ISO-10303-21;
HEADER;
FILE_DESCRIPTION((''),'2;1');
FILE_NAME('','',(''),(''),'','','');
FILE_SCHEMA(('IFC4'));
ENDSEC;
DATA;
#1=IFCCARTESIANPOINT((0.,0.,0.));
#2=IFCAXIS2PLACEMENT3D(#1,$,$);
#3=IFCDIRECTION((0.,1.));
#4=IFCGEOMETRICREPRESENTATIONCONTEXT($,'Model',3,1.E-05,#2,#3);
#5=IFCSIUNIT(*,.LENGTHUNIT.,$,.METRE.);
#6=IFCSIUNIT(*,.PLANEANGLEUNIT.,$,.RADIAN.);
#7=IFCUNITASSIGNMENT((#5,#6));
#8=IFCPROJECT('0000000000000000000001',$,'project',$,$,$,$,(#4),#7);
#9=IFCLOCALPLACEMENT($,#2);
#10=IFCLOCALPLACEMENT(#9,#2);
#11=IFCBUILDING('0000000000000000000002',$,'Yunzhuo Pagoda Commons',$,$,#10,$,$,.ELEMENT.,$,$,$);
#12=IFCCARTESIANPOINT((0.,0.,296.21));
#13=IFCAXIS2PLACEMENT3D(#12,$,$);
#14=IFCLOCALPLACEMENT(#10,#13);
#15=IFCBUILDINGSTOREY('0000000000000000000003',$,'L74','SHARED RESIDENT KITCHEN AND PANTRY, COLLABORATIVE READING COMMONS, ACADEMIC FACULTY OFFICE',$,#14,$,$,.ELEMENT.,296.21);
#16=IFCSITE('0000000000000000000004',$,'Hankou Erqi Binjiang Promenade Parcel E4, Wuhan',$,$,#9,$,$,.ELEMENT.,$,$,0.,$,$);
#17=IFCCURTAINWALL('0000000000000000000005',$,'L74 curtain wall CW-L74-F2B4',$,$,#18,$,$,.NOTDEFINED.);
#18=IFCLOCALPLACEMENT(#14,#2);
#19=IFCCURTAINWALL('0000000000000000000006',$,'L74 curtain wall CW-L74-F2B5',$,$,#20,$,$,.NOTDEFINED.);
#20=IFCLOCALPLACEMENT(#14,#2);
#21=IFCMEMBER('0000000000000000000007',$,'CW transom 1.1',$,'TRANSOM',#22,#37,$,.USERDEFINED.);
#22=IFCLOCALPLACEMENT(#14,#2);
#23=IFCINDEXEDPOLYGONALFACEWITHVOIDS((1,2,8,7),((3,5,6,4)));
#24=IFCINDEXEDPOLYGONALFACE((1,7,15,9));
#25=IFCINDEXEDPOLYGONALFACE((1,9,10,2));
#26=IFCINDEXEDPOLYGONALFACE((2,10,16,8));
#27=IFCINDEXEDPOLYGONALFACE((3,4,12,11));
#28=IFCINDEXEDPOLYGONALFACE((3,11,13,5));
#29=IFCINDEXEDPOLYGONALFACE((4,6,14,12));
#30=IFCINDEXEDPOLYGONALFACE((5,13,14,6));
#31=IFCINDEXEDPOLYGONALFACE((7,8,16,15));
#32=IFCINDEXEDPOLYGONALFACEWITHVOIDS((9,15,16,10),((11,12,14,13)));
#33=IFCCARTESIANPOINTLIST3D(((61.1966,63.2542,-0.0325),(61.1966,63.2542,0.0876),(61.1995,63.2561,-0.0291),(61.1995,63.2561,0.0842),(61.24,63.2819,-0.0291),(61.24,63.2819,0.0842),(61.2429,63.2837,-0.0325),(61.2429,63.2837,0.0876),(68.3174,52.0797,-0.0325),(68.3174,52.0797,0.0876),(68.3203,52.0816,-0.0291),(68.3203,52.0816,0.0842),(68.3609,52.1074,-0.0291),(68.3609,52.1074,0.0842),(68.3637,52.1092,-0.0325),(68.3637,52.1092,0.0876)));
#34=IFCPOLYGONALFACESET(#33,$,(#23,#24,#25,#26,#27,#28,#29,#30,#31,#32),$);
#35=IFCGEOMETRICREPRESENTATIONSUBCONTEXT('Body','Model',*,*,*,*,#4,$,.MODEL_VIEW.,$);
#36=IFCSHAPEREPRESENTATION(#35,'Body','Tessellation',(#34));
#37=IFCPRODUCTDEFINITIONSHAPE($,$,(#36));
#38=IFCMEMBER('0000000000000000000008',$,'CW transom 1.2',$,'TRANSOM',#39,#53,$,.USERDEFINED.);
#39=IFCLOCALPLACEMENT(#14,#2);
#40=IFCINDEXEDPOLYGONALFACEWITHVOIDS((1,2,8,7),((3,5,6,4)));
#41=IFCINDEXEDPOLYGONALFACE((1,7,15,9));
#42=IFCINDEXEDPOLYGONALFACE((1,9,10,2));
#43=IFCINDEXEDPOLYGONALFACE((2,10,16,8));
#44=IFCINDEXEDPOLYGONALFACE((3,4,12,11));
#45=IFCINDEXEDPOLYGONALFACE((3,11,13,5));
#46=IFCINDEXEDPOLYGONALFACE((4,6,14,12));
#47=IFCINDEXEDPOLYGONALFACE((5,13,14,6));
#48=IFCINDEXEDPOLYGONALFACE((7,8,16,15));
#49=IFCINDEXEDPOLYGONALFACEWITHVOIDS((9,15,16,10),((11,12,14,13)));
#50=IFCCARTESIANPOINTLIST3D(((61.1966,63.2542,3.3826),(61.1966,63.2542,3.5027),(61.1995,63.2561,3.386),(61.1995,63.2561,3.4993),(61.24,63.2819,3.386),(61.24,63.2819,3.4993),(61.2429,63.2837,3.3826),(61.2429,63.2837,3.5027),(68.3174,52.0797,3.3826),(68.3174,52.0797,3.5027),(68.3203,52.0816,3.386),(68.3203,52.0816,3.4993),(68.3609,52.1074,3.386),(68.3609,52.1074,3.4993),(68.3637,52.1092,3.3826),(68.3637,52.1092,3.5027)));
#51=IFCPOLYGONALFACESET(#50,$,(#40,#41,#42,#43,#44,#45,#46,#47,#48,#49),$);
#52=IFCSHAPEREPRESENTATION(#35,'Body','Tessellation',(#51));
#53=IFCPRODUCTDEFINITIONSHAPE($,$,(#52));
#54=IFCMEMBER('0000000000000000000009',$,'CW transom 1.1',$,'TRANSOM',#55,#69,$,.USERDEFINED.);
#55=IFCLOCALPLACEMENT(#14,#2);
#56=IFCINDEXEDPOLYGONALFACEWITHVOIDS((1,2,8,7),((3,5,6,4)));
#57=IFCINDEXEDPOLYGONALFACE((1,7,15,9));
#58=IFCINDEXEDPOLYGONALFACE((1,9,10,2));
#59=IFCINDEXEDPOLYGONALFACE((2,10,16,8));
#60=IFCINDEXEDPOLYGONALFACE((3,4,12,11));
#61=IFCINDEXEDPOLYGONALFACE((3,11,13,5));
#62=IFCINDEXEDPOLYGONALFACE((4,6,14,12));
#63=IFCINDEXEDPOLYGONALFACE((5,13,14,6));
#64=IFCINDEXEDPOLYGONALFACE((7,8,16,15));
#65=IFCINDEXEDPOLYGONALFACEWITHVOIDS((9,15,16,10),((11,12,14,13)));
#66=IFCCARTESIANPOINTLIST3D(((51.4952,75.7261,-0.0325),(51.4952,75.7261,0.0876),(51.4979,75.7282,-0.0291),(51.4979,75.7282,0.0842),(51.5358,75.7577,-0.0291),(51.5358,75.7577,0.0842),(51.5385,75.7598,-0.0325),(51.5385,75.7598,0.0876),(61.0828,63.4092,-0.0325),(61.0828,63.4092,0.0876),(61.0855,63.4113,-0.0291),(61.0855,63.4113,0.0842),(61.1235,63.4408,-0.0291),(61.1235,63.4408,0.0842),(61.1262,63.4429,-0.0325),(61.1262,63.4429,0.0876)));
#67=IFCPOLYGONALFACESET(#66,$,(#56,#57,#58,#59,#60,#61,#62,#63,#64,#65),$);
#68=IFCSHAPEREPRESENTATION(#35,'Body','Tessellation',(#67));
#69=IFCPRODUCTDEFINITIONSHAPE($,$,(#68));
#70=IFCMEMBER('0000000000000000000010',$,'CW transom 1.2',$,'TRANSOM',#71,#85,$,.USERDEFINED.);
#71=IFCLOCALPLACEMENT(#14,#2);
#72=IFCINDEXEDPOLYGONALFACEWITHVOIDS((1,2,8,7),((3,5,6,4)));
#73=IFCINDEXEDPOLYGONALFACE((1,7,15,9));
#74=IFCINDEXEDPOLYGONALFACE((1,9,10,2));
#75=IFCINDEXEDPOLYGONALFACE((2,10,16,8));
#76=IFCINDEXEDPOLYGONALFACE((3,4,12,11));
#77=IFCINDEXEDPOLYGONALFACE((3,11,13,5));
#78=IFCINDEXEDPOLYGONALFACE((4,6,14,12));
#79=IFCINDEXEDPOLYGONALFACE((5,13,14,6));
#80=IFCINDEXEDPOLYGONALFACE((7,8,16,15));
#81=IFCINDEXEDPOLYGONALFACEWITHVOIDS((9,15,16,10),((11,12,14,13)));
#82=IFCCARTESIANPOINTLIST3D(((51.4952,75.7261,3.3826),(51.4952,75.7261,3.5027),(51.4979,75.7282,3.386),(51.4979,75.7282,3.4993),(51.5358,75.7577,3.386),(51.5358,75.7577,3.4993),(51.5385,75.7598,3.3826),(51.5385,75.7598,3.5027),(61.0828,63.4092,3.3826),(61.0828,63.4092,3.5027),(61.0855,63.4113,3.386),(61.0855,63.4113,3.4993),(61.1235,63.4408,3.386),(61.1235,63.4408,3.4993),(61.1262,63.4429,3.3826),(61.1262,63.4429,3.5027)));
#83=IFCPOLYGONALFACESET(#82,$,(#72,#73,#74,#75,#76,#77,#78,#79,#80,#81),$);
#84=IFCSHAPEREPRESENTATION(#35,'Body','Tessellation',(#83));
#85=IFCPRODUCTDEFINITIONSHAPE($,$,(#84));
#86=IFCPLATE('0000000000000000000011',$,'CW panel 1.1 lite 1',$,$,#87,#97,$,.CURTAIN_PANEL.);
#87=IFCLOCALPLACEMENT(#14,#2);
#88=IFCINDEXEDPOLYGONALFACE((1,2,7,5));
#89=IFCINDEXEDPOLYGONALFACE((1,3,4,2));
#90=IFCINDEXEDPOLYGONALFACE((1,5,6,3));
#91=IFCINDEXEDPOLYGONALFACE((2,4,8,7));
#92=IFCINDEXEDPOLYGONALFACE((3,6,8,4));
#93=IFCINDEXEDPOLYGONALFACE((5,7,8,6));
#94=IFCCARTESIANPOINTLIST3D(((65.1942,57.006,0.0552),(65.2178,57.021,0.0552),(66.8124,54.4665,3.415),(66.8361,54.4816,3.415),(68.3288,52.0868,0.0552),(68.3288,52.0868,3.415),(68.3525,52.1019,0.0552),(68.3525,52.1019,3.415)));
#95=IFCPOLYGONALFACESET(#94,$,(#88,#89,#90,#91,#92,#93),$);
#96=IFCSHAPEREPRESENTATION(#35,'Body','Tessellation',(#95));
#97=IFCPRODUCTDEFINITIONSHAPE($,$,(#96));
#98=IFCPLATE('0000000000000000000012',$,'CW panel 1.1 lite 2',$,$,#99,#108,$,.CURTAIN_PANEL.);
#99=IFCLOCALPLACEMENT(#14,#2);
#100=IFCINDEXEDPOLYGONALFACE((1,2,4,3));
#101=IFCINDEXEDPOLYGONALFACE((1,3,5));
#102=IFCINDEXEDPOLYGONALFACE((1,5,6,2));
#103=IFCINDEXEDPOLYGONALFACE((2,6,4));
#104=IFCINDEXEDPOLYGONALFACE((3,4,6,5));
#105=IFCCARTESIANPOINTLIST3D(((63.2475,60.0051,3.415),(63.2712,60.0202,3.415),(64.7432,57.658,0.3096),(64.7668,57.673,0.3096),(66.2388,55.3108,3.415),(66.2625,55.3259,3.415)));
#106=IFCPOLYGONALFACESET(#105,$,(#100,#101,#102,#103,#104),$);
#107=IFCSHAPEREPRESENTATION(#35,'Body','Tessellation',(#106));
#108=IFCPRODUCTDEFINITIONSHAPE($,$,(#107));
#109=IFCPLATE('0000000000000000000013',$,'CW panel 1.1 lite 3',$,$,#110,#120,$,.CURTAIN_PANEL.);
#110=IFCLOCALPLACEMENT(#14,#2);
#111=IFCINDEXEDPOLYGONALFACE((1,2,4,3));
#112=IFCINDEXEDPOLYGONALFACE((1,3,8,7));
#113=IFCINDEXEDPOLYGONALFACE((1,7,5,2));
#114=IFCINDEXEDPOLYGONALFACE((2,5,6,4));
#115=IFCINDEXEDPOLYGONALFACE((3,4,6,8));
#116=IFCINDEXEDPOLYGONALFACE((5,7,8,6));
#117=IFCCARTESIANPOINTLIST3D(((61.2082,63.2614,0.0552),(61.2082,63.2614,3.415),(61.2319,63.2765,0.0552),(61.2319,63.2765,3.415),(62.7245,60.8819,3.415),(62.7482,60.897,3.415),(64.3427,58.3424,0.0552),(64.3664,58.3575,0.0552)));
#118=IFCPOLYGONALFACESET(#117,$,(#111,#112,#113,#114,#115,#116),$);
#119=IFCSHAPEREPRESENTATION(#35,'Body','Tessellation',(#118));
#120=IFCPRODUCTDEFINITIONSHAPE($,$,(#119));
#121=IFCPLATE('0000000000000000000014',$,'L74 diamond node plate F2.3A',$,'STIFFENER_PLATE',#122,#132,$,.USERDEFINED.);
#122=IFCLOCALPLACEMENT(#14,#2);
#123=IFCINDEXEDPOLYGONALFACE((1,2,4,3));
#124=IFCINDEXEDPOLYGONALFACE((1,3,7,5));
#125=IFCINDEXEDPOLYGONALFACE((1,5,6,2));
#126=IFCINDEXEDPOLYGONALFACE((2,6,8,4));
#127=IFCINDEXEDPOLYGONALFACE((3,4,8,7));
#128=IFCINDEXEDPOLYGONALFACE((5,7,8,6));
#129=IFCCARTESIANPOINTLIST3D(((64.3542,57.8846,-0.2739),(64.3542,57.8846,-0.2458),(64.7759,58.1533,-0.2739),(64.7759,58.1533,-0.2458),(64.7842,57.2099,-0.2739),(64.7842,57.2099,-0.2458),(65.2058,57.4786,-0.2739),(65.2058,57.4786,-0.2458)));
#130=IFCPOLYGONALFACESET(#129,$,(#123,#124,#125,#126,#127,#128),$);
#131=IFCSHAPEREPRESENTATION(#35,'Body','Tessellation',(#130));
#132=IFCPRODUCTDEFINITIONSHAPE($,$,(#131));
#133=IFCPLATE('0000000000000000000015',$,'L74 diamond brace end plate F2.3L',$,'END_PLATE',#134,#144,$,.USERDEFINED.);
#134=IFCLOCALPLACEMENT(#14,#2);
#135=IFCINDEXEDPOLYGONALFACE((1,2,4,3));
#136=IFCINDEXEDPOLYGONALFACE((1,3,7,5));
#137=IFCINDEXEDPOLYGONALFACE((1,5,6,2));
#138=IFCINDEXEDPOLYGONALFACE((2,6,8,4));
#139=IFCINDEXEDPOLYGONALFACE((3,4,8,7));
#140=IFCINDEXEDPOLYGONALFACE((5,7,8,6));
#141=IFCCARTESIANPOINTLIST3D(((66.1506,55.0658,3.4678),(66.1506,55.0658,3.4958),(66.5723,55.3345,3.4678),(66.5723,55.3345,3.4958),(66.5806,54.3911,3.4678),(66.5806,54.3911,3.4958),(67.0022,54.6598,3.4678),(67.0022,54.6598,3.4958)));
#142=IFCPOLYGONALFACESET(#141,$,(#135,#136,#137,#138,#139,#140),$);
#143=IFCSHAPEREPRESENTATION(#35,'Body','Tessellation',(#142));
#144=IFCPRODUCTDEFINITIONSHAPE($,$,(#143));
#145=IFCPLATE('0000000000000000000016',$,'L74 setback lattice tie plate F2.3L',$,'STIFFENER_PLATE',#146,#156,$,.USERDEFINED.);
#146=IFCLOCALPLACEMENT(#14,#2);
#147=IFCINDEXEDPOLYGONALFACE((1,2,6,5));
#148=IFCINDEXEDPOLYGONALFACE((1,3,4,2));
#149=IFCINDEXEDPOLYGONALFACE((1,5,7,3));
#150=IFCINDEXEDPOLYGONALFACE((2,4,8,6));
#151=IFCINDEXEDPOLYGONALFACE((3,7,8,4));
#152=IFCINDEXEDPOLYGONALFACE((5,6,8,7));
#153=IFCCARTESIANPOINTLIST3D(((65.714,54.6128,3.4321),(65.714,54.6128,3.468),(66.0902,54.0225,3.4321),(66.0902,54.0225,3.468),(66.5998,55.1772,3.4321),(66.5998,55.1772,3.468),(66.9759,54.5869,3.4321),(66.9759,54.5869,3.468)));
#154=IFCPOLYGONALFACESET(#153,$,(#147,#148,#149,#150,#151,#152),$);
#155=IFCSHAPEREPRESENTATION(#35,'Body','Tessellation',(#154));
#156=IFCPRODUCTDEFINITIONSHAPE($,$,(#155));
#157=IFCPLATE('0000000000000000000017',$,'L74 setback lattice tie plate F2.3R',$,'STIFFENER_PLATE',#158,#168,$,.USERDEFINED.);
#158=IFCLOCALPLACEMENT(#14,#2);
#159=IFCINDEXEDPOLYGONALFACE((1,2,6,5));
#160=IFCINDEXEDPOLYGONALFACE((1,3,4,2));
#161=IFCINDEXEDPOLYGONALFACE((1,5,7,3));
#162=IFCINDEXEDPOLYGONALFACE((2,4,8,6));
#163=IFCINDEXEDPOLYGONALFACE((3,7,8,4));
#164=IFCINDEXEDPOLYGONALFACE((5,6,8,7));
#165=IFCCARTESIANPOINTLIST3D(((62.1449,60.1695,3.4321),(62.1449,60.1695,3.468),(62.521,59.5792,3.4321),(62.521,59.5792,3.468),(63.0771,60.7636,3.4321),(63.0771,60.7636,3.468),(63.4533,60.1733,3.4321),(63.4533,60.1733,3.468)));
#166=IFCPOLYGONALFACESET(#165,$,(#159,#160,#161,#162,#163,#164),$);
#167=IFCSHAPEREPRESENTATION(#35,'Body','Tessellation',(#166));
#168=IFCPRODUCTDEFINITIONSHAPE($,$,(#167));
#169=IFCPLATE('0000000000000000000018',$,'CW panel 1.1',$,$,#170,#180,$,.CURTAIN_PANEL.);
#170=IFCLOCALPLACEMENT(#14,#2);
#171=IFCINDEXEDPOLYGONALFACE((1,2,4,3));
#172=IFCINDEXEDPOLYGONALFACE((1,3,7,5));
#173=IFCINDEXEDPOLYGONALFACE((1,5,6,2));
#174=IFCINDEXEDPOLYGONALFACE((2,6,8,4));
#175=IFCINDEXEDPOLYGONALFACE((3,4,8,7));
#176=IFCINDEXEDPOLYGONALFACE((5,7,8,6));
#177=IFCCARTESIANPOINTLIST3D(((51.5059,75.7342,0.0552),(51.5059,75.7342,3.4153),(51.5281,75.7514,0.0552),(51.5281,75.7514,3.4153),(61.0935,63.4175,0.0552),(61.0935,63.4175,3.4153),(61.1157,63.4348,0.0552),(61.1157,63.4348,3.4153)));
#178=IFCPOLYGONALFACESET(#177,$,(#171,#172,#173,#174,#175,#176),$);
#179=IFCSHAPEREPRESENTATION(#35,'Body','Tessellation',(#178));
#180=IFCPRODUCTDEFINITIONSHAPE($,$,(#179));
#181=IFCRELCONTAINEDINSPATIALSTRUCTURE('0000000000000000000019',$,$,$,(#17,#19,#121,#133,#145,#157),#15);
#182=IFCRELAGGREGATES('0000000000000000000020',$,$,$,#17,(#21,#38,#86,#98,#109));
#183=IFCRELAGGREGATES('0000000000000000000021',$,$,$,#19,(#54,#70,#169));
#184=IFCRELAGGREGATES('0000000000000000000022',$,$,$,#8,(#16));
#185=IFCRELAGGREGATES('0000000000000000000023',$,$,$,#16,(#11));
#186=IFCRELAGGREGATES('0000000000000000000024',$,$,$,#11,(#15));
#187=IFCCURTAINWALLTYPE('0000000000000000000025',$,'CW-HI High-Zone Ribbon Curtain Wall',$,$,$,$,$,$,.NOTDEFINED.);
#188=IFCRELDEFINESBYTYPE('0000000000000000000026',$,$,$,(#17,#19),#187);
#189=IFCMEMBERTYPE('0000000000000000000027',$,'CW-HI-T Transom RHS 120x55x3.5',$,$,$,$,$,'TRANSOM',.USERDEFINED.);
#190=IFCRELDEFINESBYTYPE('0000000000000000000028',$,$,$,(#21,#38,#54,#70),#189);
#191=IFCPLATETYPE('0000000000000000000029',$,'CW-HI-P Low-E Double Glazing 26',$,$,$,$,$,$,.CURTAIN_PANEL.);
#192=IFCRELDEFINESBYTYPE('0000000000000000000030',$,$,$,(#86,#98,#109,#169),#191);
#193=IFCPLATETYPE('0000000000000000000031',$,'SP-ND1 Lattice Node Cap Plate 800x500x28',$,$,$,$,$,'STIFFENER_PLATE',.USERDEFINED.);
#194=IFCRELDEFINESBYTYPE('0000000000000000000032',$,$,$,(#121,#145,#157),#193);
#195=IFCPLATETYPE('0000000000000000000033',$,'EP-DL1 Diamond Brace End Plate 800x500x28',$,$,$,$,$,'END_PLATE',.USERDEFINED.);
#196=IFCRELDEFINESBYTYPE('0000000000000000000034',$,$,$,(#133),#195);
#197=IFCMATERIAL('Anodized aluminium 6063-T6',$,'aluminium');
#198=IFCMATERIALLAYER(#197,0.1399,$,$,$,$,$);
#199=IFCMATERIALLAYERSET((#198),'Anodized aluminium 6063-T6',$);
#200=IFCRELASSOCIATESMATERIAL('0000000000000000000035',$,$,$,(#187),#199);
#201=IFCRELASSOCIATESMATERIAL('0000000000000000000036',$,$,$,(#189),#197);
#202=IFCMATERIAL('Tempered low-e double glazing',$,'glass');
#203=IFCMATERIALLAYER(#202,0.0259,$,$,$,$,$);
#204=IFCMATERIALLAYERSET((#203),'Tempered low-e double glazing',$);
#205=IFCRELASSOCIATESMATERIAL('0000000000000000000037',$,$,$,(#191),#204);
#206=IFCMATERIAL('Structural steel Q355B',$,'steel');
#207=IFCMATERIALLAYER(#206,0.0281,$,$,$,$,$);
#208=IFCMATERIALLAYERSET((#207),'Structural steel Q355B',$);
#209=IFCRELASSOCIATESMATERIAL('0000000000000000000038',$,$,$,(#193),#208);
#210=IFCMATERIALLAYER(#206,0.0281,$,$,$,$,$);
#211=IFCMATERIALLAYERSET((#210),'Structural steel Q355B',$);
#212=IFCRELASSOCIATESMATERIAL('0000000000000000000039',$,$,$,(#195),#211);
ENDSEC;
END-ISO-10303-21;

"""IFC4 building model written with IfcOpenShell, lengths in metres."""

from ifc_helpers import new_model, si_unit, direction, frame, origin, origin_2d, place, context, subcontext, project, spatial, polyline, rectangle, hollow_rectangle, outline, extrude, source, transform, mapped, material, layer, layer_set, material_profile, profile_set, type_object, element, aggregate, save


model = new_model("IFC4")

# Units and contexts
model_context = context("Model", 3, precision=1e-05, world=origin(), true_north=direction((0.0, 1.0)))
body_context = subcontext(model_context, "Body", "Model", "MODEL_VIEW")
ifc_project = project(units=[si_unit("LENGTHUNIT", "METRE"), si_unit("PLANEANGLEUNIT", "RADIAN")], contexts=[model_context])

# Site, building, storey
site_placement = place(None, origin())
site = spatial("IfcSite", under=ifc_project, at=site_placement, Name="Hankou Erqi Binjiang Promenade Parcel E4, Wuhan", CompositionType="ELEMENT", RefElevation=0.0)
building_placement = place(site_placement, origin())
building = spatial("IfcBuilding", under=site, at=building_placement, Name="Yunzhuo Pagoda Commons", CompositionType="ELEMENT")
storey_placement = place(building_placement, frame((0.0, 0.0, 296.21)))
storey = spatial("IfcBuildingStorey", under=building, at=storey_placement, Name="L74", Description="SHARED RESIDENT KITCHEN AND PANTRY, COLLABORATIVE READING COMMONS, ACADEMIC FACULTY OFFICE", CompositionType="ELEMENT", Elevation=296.21)

# Shared definitions
ifc_material_1 = material(Name="Structural steel Q355B", Category="steel")

# Curtain wall
ifc_material_2 = material(Name="Anodized aluminium 6063-T6", Category="aluminium")
ifc_layer_1 = layer(ifc_material_2, 0.1399)
ifc_layer_set_1 = layer_set([ifc_layer_1], Name="Anodized aluminium 6063-T6")
curtain_wall_type = type_object("IfcCurtainWallType", Name="CW-HI High-Zone Ribbon Curtain Wall", PredefinedType="NOTDEFINED", material=ifc_layer_set_1)
curtain_wall_1_placement = place(storey_placement, origin())
curtain_wall_1 = element("IfcCurtainWall", 1, at=curtain_wall_1_placement, inside=storey, type_object=curtain_wall_type, Name="L74 curtain wall CW-L74-F2B4", PredefinedType="NOTDEFINED")

# Curtain wall
curtain_wall_2_placement = place(storey_placement, origin())
curtain_wall_2 = element("IfcCurtainWall", 2, at=curtain_wall_2_placement, inside=storey, type_object=curtain_wall_type, Name="L74 curtain wall CW-L74-F2B5", PredefinedType="NOTDEFINED")

# Members
ifc_material_profile_1 = material_profile(ifc_material_2, hollow_rectangle(XDim=0.0549, YDim=0.1201, WallThickness=0.0034, at=origin_2d()), Name="Anodized aluminium 6063-T6")
ifc_profile_set_1 = profile_set([ifc_material_profile_1], Name="Anodized aluminium 6063-T6")
member_type_1 = type_object("IfcMemberType", Name="CW-HI-T Transom RHS 120x55x3.5", ElementType="TRANSOM", PredefinedType="USERDEFINED", material=ifc_profile_set_1)
shared_shape_1 = source(origin(), body_context, "Body", "SweptSolid", [
    extrude(hollow_rectangle(XDim=0.0549, YDim=0.1201, WallThickness=0.0034, at=origin_2d()), origin(), (0.0, 0.0, 1.0), 13.2505),
])
member_1_placement = place(storey_placement, frame((68.3406, 52.0945, 0.0276), z_axis=(-0.5374, 0.843328, 0.0), x_axis=(-0.843328, -0.5374, 0.0)))
member_1 = element("IfcMember", 3, at=member_1_placement, type_object=member_type_1, Name="CW transom 1.1", ObjectType="TRANSOM", PredefinedType="USERDEFINED", context=body_context, shape_type="MappedRepresentation", body=[
    mapped(shared_shape_1, transform((0.0, 0.0, 0.0), scale=1.0)),
])
member_2_placement = place(storey_placement, frame((68.3406, 52.0945, 3.4426), z_axis=(-0.5374, 0.843328, 0.0), x_axis=(-0.843328, -0.5374, 0.0)))
member_2 = element("IfcMember", 4, at=member_2_placement, type_object=member_type_1, Name="CW transom 1.2", ObjectType="TRANSOM", PredefinedType="USERDEFINED", context=body_context, shape_type="MappedRepresentation", body=[
    mapped(shared_shape_1, transform((0.0, 0.0, 0.0), scale=1.0)),
])
shared_shape_2 = source(origin(), body_context, "Body", "SweptSolid", [
    extrude(hollow_rectangle(XDim=0.0549, YDim=0.1201, WallThickness=0.0034, at=origin_2d()), origin(), (0.0, 0.0, 1.0), 15.6086),
])
member_3_placement = place(storey_placement, frame((61.1045, 63.426, 0.0276), z_axis=(-0.614254, 0.789109, 0.0), x_axis=(-0.789109, -0.614254, 0.0)))
member_3 = element("IfcMember", 5, at=member_3_placement, type_object=member_type_1, Name="CW transom 1.1", ObjectType="TRANSOM", PredefinedType="USERDEFINED", context=body_context, shape_type="MappedRepresentation", body=[
    mapped(shared_shape_2, transform((0.0, 0.0, 0.0), scale=1.0)),
])
member_4_placement = place(storey_placement, frame((61.1045, 63.426, 3.4426), z_axis=(-0.614254, 0.789109, 0.0), x_axis=(-0.789109, -0.614254, 0.0)))
member_4 = element("IfcMember", 6, at=member_4_placement, type_object=member_type_1, Name="CW transom 1.2", ObjectType="TRANSOM", PredefinedType="USERDEFINED", context=body_context, shape_type="MappedRepresentation", body=[
    mapped(shared_shape_2, transform((0.0, 0.0, 0.0), scale=1.0)),
])

# Plates
ifc_material_3 = material(Name="Tempered low-e double glazing", Category="glass")
ifc_layer_2 = layer(ifc_material_3, 0.0259)
ifc_layer_set_2 = layer_set([ifc_layer_2], Name="Tempered low-e double glazing")
plate_type_1 = type_object("IfcPlateType", Name="CW-HI-P Low-E Double Glazing 26", PredefinedType="CURTAIN_PANEL", material=ifc_layer_set_2)
plate_1_placement = place(storey_placement, frame((66.7615, 54.5464, 1.7351), z_axis=(0.84333, 0.537397, 0.0), x_axis=(-0.537397, 0.84333, 0.0)))
plate_1 = element("IfcPlate", 7, at=plate_1_placement, type_object=plate_type_1, Name="CW panel 1.1 lite 1", PredefinedType="CURTAIN_PANEL", context=body_context, shape_type="SweptSolid", body=[
    extrude(outline(polyline([(-2.9165, -1.6799), (2.9165, -1.6799), (-0.0947, 1.6799), (-2.9165, 1.6799), (-2.9165, -1.6799)])), origin(), (0.0, 0.0, 1.0), 0.0281),
])
plate_2_placement = place(storey_placement, frame((64.7432, 57.658, 1.8623), z_axis=(0.84333, 0.537397, 0.0), x_axis=(-0.537397, 0.84333, 0.0)))
plate_2 = element("IfcPlate", 8, at=plate_2_placement, type_object=plate_type_1, Name="CW panel 1.1 lite 2", PredefinedType="CURTAIN_PANEL", context=body_context, shape_type="SweptSolid", body=[
    extrude(outline(polyline([(-2.7832, 1.5527), (0.0, -1.5527), (2.7832, 1.5527), (-2.7832, 1.5527)])), origin(), (0.0, 0.0, 1.0), 0.0281),
])
plate_3_placement = place(storey_placement, frame((62.7754, 60.802, 1.7351), z_axis=(0.84333, 0.537397, 0.0), x_axis=(-0.537397, 0.84333, 0.0)))
plate_3 = element("IfcPlate", 9, at=plate_3_placement, type_object=plate_type_1, Name="CW panel 1.1 lite 3", PredefinedType="CURTAIN_PANEL", context=body_context, shape_type="SweptSolid", body=[
    extrude(outline(polyline([(-2.9165, -1.6799), (2.9163, -1.6799), (2.9163, 1.6799), (0.0947, 1.6799), (-2.9165, -1.6799)])), origin(), (0.0, 0.0, 1.0), 0.0281),
])
aggregate(curtain_wall_1, [member_1, member_2, plate_1, plate_2, plate_3])

# Plates
ifc_layer_3 = layer(ifc_material_1, 0.0281)
ifc_layer_set_3 = layer_set([ifc_layer_3], Name="Structural steel Q355B")
plate_type_2 = type_object("IfcPlateType", Name="SP-ND1 Lattice Node Cap Plate 800x500x28", ElementType="STIFFENER_PLATE", PredefinedType="USERDEFINED", material=ifc_layer_set_3)
shared_shape_3 = source(origin(), body_context, "Body", "SweptSolid", [
    extrude(rectangle(XDim=0.8, YDim=0.5, at=origin_2d()), origin(), (0.0, 0.0, 1.0), 0.0281),
])
plate_4_placement = place(storey_placement, frame((64.78, 57.6816, -0.2739), z_axis=(0.0, 0.0, 1.0), x_axis=(-0.537403, 0.843326, 0.0)))
element("IfcPlate", 10, at=plate_4_placement, inside=storey, type_object=plate_type_2, Name="L74 diamond node plate F2.3A", ObjectType="STIFFENER_PLATE", PredefinedType="USERDEFINED", context=body_context, shape_type="MappedRepresentation", body=[
    mapped(shared_shape_3, transform((0.0, 0.0, 0.0), scale=1.0)),
])
ifc_layer_4 = layer(ifc_material_1, 0.0281)
ifc_layer_set_4 = layer_set([ifc_layer_4], Name="Structural steel Q355B")
plate_type_3 = type_object("IfcPlateType", Name="EP-DL1 Diamond Brace End Plate 800x500x28", ElementType="END_PLATE", PredefinedType="USERDEFINED", material=ifc_layer_set_4)
plate_5_placement = place(storey_placement, frame((66.5764, 54.8628, 3.4678), z_axis=(0.0, 0.0, 1.0), x_axis=(-0.537403, 0.843326, 0.0)))
element("IfcPlate", 11, at=plate_5_placement, inside=storey, type_object=plate_type_3, Name="L74 diamond brace end plate F2.3L", ObjectType="END_PLATE", PredefinedType="USERDEFINED", context=body_context, shape_type="MappedRepresentation", body=[
    mapped(shared_shape_3, transform((0.0, 0.0, 0.0), scale=1.0)),
])
shared_shape_4 = source(origin(), body_context, "Body", "SweptSolid", [
    extrude(rectangle(XDim=0.7, YDim=1.0503, at=origin_2d()), origin(), (0.0, 0.0, 1.0), 0.0359),
])
plate_6_placement = place(storey_placement, frame((66.345, 54.5999, 3.4321), z_axis=(0.0, 0.0, 1.0), x_axis=(-0.537403, 0.843326, 0.0)))
element("IfcPlate", 12, at=plate_6_placement, inside=storey, type_object=plate_type_2, Name="L74 setback lattice tie plate F2.3L", ObjectType="STIFFENER_PLATE", PredefinedType="USERDEFINED", context=body_context, shape_type="MappedRepresentation", body=[
    mapped(shared_shape_4, transform((0.0, 0.0, 0.0), scale=1.0)),
])
shared_shape_5 = source(origin(), body_context, "Body", "SweptSolid", [
    extrude(rectangle(XDim=0.7, YDim=1.1055, at=origin_2d()), origin(), (0.0, 0.0, 1.0), 0.0359),
])
plate_7_placement = place(storey_placement, frame((62.7991, 60.1714, 3.4321), z_axis=(0.0, 0.0, 1.0), x_axis=(-0.537403, 0.843326, 0.0)))
element("IfcPlate", 13, at=plate_7_placement, inside=storey, type_object=plate_type_2, Name="L74 setback lattice tie plate F2.3R", ObjectType="STIFFENER_PLATE", PredefinedType="USERDEFINED", context=body_context, shape_type="MappedRepresentation", body=[
    mapped(shared_shape_5, transform((0.0, 0.0, 0.0), scale=1.0)),
])

# Plate
shared_shape_6 = source(origin(), body_context, "Body", "SweptSolid", [
    extrude(rectangle(XDim=15.6084, YDim=0.0281, at=origin_2d()), origin(), (0.0, 0.0, 1.0), 3.3601),
])
plate_8_placement = place(storey_placement, frame((56.3108, 69.5845, 0.0552), z_axis=(0.0, 0.0, 1.0), x_axis=(-0.614261, 0.789103, 0.0)))
plate_8 = element("IfcPlate", 14, at=plate_8_placement, type_object=plate_type_1, Name="CW panel 1.1", PredefinedType="CURTAIN_PANEL", context=body_context, shape_type="MappedRepresentation", body=[
    mapped(shared_shape_6, transform((0.0, 0.0, 0.0), scale=1.0)),
])
aggregate(curtain_wall_2, [member_3, member_4, plate_8])

save(model, "model.ifc")
